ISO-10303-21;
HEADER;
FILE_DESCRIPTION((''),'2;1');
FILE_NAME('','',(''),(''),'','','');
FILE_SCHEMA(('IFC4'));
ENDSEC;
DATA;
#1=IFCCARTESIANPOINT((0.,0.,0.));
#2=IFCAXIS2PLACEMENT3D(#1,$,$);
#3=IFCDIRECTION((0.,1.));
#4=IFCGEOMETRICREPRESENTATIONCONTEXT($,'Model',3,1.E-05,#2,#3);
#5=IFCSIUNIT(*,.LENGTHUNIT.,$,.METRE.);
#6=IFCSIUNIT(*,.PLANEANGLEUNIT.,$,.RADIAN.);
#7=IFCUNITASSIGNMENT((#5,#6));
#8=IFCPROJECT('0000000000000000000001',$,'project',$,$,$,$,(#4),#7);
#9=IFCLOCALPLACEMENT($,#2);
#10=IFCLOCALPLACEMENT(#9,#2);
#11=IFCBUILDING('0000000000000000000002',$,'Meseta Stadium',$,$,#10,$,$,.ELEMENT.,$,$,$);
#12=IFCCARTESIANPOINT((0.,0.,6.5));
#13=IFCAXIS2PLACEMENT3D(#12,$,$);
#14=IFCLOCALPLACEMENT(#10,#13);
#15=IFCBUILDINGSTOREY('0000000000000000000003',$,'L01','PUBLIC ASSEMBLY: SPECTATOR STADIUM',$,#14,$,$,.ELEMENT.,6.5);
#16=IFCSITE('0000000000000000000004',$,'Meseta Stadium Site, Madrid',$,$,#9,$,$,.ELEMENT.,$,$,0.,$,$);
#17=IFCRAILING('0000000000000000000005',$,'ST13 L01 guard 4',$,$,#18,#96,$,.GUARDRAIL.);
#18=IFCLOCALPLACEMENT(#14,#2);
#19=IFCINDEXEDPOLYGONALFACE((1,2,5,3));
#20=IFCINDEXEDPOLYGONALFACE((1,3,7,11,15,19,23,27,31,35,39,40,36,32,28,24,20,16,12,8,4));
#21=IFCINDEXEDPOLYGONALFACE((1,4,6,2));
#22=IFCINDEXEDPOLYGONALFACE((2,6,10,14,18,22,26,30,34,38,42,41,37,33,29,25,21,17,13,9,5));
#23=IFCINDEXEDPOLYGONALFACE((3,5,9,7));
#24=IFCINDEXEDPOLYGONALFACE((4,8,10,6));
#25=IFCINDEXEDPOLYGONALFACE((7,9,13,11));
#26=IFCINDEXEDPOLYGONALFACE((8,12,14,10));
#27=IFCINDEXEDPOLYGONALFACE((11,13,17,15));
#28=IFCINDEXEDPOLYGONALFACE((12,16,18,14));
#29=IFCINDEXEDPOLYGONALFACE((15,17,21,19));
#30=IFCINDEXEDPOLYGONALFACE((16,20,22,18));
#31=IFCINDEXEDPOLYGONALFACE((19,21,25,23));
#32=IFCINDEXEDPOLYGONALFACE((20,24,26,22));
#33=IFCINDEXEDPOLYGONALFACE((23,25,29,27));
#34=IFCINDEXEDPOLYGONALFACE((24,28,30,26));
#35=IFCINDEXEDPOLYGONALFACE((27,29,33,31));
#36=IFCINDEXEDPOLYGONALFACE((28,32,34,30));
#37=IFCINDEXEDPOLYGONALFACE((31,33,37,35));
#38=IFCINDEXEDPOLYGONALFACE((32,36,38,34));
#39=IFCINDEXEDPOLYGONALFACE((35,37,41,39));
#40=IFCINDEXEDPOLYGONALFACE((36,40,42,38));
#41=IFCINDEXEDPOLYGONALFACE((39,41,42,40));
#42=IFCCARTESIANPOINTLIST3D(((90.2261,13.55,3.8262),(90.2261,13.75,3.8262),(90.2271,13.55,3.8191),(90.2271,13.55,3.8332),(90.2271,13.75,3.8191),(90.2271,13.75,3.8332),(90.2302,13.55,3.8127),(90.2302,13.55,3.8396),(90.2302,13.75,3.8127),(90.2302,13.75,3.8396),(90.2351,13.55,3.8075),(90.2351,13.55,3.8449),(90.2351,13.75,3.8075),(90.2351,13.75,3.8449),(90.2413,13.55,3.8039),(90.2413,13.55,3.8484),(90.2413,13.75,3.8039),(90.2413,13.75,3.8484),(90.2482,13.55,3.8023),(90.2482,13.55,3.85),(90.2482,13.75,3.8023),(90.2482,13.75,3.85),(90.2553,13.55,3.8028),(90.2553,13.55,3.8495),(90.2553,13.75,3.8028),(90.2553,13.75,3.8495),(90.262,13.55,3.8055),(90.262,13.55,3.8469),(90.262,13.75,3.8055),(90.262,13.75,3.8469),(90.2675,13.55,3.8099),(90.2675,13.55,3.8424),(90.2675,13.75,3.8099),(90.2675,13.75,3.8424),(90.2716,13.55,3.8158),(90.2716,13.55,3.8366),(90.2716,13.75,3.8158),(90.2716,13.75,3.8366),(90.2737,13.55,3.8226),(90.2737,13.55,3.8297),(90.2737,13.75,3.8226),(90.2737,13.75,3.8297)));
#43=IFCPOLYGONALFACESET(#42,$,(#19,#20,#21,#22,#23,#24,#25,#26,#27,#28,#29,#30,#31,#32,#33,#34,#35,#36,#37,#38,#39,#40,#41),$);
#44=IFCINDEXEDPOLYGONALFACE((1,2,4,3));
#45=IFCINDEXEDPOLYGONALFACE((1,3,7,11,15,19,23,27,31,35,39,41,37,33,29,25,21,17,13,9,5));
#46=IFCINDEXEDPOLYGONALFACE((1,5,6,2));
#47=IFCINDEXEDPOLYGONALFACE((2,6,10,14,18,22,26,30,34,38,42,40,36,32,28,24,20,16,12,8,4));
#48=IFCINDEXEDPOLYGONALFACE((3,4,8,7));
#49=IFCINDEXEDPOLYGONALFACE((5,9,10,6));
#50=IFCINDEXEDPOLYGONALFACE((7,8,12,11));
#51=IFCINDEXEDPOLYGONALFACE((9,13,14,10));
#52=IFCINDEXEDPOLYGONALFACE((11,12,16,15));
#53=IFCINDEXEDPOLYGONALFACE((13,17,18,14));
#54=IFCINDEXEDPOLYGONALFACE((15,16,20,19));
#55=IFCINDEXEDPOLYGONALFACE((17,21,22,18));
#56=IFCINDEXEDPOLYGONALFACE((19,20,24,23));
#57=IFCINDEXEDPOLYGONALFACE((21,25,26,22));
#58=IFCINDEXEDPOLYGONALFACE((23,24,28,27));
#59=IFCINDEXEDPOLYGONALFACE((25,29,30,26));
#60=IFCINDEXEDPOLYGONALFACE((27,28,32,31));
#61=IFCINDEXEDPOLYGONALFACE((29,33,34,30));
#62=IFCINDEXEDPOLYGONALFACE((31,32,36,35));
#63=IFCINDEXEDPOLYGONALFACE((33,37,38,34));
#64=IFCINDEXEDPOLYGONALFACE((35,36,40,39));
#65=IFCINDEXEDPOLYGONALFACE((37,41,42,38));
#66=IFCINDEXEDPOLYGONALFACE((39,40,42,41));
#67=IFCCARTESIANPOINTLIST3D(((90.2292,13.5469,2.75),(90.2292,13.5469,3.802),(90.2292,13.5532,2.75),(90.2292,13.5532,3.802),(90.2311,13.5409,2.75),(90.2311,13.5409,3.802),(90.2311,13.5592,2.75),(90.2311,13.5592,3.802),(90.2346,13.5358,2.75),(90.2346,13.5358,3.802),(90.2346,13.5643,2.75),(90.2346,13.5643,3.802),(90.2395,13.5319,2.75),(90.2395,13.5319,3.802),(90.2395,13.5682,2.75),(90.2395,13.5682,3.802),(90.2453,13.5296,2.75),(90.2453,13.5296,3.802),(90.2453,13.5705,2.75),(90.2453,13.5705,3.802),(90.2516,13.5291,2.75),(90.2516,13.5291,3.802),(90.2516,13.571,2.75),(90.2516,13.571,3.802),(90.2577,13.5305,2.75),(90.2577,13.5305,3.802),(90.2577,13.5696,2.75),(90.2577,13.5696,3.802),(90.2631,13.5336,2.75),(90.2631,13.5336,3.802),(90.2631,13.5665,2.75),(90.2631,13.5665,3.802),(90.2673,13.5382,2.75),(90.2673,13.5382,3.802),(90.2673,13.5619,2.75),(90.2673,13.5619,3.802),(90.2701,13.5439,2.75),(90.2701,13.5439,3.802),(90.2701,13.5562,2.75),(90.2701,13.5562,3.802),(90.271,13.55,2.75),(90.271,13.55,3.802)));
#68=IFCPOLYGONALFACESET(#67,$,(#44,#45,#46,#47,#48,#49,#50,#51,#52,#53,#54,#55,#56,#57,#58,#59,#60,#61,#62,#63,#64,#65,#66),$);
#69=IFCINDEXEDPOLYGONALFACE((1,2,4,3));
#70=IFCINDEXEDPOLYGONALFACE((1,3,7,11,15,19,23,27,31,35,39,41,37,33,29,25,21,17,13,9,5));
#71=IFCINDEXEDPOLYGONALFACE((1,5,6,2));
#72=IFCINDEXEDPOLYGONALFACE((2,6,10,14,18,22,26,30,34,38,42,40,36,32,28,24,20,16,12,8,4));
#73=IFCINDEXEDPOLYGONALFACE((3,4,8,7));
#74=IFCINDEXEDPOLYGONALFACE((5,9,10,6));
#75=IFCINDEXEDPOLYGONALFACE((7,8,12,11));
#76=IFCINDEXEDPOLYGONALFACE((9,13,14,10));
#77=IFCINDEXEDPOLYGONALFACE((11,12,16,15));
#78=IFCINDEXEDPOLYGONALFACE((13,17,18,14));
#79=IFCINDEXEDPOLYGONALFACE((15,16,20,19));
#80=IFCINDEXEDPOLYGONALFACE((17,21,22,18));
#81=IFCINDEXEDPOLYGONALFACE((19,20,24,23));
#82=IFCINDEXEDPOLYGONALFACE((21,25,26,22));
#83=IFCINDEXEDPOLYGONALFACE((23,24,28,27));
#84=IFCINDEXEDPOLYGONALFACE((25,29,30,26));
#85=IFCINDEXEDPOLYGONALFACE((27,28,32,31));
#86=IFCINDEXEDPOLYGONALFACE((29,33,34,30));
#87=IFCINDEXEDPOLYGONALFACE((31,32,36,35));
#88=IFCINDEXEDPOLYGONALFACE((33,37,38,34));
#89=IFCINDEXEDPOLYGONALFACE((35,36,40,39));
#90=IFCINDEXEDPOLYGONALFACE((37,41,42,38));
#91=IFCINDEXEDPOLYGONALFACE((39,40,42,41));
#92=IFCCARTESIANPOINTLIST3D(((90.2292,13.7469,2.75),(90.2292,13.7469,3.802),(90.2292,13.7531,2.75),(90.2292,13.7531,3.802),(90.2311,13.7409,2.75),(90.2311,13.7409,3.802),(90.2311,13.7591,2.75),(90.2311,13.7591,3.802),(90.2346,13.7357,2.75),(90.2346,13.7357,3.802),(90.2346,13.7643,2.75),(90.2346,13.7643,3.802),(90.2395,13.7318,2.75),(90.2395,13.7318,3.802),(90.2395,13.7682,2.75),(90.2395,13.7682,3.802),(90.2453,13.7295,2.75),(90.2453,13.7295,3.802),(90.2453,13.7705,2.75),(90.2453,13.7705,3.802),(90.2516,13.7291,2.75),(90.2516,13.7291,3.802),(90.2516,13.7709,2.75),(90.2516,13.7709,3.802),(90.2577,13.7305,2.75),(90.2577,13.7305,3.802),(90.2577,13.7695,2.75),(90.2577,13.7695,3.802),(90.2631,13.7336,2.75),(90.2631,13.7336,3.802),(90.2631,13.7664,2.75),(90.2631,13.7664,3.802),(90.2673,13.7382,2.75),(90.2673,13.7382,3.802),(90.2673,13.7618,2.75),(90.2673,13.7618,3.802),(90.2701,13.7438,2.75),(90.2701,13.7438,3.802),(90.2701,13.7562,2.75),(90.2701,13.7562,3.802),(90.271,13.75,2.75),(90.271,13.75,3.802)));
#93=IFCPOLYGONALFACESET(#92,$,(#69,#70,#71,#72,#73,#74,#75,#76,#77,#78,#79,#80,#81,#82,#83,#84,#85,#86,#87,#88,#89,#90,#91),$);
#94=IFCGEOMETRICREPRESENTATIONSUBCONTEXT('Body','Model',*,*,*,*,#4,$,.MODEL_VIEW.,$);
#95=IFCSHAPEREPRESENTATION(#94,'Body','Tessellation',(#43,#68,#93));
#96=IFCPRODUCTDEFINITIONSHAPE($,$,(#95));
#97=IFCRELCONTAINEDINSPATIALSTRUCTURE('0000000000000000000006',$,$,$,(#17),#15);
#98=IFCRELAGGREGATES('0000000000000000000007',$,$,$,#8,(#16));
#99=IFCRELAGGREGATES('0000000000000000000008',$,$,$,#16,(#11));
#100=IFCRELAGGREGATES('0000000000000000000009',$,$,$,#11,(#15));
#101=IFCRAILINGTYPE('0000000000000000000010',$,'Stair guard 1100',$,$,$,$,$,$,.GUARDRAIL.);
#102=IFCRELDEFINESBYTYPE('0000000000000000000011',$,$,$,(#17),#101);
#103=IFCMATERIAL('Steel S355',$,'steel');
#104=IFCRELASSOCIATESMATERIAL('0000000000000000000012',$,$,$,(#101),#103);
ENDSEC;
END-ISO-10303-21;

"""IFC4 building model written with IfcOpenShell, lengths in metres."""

from ifc_helpers import new_model, si_unit, direction, frame, origin, origin_2d, place, context, subcontext, project, spatial, circle, extrude, material, type_object, element, save


model = new_model("IFC4")

# Units and contexts
model_context = context("Model", 3, precision=1e-05, world=origin(), true_north=direction((0.0, 1.0)))
body_context = subcontext(model_context, "Body", "Model", "MODEL_VIEW")
ifc_project = project(units=[si_unit("LENGTHUNIT", "METRE"), si_unit("PLANEANGLEUNIT", "RADIAN")], contexts=[model_context])

# Site, building, storey
site_placement = place(None, origin())
site = spatial("IfcSite", under=ifc_project, at=site_placement, Name="Meseta Stadium Site, Madrid", CompositionType="ELEMENT", RefElevation=0.0)
building_placement = place(site_placement, origin())
building = spatial("IfcBuilding", under=site, at=building_placement, Name="Meseta Stadium", CompositionType="ELEMENT")
storey_placement = place(building_placement, frame((0.0, 0.0, 6.5)))
storey = spatial("IfcBuildingStorey", under=building, at=storey_placement, Name="L01", Description="PUBLIC ASSEMBLY: SPECTATOR STADIUM", CompositionType="ELEMENT", Elevation=6.5)

# Railing
ifc_material_1 = material(Name="Steel S355", Category="steel")
railing_type_1 = type_object("IfcRailingType", Name="Stair guard 1100", PredefinedType="GUARDRAIL", material=ifc_material_1)
railing_1_placement = place(storey_placement, frame((90.25, 13.55, 2.75)))
element("IfcRailing", 1, at=railing_1_placement, inside=storey, type_object=railing_type_1, Name="ST13 L01 guard 4", PredefinedType="GUARDRAIL", context=body_context, shape_type="SweptSolid", body=[
    extrude(circle(Radius=0.0239, at=origin_2d()), frame((0.0, 0.0, 1.0762), z_axis=(0.0, 1.0, 0.0), x_axis=(-1.0, 0.0, 0.0)), (0.0, 0.0, 1.0), 0.2),
    extrude(circle(Radius=0.021, at=origin_2d()), origin(), (0.0, 0.0, 1.0), 1.052),
    extrude(circle(Radius=0.021, at=origin_2d()), frame((0.0, 0.2, 0.0)), (0.0, 0.0, 1.0), 1.052),
])

save(model, "model.ifc")
